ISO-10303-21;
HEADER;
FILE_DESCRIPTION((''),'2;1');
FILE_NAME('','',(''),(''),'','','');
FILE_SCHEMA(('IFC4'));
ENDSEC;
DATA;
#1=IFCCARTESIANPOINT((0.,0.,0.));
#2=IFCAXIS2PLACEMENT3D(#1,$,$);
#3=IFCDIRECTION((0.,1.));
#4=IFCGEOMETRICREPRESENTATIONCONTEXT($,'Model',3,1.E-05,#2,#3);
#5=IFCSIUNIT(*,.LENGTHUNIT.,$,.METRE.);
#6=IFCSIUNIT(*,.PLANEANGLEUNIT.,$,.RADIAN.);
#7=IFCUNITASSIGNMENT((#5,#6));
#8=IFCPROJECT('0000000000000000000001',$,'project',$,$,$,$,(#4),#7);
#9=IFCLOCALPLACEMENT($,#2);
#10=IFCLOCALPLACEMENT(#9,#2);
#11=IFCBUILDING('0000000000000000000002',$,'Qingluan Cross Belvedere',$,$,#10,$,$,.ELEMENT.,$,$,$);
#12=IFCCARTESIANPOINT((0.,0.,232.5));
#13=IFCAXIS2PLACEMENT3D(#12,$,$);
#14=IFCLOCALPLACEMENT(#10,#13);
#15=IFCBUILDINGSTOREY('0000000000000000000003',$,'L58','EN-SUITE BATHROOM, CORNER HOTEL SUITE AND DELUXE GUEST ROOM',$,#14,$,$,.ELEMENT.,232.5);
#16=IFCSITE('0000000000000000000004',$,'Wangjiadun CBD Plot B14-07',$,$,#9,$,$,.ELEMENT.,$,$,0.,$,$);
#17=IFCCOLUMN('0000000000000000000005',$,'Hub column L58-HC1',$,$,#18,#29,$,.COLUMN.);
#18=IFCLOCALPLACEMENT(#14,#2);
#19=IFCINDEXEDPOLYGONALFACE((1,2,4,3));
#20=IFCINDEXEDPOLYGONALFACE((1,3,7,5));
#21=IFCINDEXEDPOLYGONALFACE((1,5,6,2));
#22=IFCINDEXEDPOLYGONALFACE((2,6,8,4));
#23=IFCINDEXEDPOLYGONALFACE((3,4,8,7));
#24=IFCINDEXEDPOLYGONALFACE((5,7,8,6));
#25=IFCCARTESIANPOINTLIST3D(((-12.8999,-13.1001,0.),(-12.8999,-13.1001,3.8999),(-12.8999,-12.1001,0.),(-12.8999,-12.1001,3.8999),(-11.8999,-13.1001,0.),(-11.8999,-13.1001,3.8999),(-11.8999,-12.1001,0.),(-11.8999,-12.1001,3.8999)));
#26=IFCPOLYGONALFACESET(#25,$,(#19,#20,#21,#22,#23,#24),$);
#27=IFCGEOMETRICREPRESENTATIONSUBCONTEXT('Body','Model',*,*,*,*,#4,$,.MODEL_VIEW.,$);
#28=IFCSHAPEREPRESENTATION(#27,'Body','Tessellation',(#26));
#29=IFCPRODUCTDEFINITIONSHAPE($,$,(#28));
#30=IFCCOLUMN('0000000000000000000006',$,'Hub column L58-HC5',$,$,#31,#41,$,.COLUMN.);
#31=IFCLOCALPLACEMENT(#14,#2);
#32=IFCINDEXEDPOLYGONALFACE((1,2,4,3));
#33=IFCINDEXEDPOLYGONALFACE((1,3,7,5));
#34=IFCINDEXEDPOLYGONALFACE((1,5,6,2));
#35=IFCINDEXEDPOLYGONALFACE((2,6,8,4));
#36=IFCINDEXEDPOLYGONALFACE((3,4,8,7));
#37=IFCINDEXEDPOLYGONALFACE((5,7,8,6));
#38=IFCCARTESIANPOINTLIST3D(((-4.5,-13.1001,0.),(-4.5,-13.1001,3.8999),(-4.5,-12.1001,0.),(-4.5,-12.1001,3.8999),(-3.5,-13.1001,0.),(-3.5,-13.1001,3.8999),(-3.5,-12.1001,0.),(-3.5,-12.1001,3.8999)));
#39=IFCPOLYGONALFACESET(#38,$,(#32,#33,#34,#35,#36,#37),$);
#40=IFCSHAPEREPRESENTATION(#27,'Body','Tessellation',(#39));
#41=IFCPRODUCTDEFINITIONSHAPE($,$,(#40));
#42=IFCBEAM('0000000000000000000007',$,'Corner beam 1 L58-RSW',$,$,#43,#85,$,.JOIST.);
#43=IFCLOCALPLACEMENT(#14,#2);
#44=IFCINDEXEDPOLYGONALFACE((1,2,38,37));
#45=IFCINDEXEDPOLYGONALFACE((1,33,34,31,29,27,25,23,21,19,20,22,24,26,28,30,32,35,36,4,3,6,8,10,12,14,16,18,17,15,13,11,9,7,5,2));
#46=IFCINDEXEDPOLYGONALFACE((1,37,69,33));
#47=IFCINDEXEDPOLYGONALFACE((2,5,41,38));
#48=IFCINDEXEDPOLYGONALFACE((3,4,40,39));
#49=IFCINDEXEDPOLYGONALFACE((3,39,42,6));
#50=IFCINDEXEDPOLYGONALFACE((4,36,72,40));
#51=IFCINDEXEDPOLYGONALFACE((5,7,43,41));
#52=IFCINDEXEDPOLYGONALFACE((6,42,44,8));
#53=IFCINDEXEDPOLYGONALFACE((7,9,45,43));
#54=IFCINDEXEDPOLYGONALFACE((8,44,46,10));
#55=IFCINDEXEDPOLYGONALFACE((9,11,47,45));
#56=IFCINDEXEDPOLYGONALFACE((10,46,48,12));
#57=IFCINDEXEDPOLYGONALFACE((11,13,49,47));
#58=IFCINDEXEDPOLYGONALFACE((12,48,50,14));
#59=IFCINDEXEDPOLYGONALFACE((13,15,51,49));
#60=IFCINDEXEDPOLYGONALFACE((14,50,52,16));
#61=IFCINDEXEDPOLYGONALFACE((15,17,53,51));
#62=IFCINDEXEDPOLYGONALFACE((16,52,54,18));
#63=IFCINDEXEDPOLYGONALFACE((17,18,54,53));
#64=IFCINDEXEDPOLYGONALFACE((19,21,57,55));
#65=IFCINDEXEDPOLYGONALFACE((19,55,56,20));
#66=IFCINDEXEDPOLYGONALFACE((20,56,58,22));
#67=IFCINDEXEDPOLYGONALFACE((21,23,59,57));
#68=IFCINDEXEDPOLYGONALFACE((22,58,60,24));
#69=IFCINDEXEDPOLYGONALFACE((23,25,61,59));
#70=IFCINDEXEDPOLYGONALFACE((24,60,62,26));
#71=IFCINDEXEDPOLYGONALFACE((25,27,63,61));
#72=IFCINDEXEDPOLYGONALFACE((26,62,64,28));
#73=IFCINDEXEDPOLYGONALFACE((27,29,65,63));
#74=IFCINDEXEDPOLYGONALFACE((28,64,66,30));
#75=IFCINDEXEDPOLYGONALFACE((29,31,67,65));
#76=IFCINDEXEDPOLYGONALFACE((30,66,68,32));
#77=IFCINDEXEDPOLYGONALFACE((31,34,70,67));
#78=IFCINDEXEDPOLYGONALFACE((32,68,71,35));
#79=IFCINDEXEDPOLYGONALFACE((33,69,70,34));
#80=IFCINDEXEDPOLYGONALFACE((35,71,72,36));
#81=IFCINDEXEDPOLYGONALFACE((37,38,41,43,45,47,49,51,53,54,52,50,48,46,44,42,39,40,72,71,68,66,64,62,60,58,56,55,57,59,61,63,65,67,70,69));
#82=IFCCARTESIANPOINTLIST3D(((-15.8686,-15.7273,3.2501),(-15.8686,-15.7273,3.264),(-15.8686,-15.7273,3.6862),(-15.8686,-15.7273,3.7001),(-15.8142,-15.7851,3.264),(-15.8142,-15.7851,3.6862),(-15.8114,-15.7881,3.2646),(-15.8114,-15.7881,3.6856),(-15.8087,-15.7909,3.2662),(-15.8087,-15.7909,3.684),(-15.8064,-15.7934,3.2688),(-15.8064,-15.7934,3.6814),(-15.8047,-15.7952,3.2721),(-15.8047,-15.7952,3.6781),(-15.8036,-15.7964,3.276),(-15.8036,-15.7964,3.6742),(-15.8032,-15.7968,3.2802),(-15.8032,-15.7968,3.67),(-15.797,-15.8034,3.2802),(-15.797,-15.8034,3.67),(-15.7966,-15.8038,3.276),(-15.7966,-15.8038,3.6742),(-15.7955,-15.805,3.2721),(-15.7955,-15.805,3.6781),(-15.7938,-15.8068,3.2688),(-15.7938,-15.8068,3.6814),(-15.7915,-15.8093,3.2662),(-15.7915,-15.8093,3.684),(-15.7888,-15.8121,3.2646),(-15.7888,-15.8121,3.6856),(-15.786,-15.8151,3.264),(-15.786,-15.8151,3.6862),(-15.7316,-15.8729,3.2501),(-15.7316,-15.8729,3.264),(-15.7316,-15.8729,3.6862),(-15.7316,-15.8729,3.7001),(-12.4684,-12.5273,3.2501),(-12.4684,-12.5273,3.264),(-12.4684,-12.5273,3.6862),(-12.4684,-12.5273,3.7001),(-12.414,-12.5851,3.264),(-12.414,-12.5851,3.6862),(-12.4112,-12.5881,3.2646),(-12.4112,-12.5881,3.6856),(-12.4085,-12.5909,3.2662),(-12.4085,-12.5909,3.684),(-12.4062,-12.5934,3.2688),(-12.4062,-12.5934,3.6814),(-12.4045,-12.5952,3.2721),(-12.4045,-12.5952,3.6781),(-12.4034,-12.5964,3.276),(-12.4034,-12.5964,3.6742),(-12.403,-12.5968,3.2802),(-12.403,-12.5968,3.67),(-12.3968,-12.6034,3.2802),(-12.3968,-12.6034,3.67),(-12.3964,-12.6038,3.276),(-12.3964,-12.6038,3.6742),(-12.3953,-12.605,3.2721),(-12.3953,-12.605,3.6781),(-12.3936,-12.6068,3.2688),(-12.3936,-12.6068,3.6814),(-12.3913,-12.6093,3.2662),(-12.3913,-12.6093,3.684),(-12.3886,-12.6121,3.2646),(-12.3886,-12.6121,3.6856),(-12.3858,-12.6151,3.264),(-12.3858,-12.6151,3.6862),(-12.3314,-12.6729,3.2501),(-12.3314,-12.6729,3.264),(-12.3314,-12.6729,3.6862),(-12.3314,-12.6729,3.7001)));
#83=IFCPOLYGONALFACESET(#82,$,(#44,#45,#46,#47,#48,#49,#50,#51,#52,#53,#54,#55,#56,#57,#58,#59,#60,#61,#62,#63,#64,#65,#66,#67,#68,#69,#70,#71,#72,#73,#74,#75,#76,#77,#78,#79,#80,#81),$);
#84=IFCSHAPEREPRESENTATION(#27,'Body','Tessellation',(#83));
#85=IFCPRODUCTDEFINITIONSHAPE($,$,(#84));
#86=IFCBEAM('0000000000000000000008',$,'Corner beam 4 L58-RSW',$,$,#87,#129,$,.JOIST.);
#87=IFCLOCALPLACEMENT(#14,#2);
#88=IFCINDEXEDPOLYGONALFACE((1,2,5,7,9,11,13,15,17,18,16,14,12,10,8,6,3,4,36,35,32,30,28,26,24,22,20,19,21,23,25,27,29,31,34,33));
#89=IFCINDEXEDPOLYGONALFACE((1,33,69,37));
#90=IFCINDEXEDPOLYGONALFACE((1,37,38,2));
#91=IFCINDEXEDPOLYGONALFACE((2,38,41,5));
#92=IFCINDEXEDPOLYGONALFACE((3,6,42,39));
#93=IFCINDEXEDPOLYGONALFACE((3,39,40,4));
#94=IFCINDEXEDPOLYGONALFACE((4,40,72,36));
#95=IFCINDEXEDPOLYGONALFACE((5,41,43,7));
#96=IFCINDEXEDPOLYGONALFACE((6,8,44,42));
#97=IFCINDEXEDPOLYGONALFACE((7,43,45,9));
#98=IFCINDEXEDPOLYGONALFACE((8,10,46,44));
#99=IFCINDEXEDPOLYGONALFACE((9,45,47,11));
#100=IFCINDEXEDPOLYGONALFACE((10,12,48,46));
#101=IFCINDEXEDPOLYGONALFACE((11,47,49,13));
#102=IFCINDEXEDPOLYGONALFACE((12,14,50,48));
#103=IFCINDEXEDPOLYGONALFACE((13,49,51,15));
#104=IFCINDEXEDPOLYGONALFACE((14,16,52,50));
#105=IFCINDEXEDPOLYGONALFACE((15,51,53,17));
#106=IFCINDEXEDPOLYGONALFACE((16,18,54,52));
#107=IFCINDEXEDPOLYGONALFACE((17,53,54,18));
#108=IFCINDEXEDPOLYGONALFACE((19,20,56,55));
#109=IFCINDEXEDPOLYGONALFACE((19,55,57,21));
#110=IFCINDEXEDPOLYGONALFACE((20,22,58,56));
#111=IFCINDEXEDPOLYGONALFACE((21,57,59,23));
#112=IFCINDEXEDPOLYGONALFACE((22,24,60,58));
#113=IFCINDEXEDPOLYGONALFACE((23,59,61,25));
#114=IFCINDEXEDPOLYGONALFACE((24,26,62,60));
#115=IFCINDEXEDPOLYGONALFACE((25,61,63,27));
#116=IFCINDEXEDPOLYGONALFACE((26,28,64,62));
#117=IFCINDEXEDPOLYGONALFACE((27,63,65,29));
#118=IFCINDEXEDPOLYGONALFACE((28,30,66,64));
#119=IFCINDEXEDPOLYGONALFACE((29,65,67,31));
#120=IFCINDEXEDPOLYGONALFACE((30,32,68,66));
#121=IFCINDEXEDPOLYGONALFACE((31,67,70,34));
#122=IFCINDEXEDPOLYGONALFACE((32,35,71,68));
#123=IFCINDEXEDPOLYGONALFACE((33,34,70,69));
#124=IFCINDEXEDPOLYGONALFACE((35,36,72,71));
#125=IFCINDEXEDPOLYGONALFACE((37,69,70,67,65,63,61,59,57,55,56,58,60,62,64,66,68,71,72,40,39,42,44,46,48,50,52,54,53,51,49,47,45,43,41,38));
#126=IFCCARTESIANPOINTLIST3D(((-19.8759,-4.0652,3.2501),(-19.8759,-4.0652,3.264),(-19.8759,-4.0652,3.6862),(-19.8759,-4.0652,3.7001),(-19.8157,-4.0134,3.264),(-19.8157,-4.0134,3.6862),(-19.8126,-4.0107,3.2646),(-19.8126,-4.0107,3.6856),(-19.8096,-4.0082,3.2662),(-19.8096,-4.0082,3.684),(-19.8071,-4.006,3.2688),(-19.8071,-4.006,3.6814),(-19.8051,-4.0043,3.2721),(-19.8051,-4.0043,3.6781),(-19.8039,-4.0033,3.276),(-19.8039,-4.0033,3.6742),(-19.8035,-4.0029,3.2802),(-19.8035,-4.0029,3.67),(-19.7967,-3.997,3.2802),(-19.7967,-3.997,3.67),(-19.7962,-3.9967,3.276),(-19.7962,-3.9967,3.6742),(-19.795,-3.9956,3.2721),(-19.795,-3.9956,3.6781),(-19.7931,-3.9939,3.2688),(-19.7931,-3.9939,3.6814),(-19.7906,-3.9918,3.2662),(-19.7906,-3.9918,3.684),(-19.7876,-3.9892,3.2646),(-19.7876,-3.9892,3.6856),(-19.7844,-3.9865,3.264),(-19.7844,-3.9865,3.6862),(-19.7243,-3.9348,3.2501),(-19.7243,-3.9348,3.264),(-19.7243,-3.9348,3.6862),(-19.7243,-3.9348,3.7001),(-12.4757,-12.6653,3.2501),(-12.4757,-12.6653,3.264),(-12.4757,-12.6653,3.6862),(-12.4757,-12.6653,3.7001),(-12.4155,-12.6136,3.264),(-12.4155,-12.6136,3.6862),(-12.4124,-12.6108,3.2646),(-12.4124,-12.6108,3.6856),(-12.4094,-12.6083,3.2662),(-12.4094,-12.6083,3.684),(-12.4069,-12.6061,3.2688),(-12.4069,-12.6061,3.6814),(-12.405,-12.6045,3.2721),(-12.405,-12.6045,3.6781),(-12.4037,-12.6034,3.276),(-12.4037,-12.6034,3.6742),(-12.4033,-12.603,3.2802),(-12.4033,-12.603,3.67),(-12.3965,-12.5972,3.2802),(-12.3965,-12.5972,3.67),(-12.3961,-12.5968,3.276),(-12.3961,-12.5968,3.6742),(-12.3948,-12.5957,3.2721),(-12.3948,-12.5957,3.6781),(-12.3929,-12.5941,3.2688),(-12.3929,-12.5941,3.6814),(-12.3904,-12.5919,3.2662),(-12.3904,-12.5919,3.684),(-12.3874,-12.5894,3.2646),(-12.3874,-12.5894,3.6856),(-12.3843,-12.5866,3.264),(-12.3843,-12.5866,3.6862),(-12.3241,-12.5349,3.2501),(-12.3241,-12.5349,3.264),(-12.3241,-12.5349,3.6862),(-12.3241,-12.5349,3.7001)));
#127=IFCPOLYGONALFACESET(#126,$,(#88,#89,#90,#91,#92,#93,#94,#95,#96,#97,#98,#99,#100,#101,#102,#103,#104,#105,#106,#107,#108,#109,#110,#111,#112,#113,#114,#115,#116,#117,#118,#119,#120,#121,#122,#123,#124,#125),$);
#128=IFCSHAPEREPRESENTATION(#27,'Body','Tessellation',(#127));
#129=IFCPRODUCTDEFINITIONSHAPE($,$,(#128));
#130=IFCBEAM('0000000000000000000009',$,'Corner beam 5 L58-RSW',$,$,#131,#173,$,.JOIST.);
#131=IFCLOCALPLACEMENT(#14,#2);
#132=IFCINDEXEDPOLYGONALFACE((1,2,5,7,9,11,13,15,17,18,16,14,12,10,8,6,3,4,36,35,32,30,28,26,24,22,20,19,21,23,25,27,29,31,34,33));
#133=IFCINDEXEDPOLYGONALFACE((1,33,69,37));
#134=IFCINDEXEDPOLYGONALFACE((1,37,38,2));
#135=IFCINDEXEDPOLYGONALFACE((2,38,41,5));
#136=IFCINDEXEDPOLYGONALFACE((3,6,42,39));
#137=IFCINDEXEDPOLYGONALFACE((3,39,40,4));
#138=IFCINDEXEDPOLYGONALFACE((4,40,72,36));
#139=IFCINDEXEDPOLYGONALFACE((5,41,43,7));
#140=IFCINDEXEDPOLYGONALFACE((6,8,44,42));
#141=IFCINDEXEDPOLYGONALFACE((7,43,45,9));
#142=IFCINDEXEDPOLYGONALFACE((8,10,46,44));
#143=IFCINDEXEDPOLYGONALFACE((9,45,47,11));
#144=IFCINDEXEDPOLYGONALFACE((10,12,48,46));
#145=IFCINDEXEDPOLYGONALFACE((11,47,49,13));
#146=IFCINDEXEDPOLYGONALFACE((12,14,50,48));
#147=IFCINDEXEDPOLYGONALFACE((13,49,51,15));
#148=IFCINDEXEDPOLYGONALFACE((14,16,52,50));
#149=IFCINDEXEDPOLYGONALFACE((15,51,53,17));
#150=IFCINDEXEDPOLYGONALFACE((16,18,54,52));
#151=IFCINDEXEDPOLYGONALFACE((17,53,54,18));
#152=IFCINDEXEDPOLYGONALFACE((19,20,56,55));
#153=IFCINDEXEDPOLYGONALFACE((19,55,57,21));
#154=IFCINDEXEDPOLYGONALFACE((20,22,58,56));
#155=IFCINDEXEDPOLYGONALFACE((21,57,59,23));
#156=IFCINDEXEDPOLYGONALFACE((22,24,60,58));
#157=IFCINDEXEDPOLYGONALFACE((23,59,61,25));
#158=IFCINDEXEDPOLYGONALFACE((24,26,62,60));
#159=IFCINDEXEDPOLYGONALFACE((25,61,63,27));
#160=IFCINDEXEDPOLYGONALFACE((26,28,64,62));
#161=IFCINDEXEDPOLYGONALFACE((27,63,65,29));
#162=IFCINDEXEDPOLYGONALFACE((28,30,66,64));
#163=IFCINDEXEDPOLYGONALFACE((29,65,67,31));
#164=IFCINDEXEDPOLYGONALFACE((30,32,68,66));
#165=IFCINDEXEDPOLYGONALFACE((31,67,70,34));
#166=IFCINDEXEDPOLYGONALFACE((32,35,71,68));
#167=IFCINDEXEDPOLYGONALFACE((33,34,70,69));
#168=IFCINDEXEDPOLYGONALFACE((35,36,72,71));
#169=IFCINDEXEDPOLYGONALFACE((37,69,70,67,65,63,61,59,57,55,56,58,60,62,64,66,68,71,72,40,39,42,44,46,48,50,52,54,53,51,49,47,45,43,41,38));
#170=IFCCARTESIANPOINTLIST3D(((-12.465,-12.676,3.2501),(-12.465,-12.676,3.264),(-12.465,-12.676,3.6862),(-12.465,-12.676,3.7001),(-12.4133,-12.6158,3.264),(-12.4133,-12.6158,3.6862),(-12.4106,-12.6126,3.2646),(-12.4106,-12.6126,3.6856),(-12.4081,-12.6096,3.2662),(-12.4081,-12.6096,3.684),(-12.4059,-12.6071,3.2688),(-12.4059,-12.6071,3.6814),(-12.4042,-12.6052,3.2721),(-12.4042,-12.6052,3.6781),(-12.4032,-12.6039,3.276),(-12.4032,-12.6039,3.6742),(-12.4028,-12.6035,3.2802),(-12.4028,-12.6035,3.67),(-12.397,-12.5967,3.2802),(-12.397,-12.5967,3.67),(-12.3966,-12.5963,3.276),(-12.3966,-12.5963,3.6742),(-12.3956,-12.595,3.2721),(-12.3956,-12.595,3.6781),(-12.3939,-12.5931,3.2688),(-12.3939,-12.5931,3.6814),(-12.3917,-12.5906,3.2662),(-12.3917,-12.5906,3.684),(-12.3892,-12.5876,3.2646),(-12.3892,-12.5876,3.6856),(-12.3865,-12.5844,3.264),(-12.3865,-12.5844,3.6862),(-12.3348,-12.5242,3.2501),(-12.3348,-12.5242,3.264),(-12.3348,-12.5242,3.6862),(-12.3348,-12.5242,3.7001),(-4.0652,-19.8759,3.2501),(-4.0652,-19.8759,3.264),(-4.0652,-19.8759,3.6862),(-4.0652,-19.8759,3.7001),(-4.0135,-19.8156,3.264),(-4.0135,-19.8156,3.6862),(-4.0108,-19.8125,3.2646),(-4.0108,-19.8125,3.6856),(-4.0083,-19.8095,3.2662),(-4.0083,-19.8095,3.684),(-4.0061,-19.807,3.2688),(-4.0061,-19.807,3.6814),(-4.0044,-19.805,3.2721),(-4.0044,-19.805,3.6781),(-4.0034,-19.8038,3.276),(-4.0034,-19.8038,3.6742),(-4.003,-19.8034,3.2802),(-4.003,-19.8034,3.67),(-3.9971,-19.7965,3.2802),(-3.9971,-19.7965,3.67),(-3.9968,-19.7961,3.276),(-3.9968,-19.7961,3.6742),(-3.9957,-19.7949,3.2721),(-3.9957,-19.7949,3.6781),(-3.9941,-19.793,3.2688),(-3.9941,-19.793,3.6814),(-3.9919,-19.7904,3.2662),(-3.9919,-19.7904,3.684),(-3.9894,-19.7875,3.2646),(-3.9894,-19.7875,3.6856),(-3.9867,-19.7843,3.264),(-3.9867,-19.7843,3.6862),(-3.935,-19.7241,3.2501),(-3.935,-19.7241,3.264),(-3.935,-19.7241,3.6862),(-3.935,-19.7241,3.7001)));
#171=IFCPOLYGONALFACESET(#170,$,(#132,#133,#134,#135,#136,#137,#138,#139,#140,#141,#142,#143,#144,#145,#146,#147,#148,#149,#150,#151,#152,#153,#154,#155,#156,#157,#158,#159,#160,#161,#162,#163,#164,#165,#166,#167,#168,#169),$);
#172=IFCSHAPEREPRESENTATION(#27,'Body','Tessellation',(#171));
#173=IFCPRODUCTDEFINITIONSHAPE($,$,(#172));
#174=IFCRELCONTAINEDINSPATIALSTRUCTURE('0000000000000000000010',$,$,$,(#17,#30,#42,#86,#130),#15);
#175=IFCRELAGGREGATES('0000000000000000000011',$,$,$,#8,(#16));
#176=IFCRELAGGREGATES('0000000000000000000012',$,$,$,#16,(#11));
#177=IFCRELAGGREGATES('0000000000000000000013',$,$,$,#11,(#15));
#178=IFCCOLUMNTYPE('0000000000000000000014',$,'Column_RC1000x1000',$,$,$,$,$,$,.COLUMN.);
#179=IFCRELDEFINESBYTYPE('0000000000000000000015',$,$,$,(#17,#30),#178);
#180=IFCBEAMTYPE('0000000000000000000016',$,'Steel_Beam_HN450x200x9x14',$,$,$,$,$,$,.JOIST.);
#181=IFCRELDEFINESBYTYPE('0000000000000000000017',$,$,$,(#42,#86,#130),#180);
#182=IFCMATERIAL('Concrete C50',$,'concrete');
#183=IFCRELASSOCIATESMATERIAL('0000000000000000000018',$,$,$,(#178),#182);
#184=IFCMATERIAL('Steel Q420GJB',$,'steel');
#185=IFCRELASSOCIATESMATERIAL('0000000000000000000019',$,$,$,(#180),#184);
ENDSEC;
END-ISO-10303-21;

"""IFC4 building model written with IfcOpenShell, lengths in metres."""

from ifc_helpers import new_model, si_unit, direction, frame, origin, origin_2d, place, context, subcontext, project, spatial, rectangle, i_section, extrude, material, material_profile, profile_set, type_object, element, save


model = new_model("IFC4")

# Units and contexts
model_context = context("Model", 3, precision=1e-05, world=origin(), true_north=direction((0.0, 1.0)))
body_context = subcontext(model_context, "Body", "Model", "MODEL_VIEW")
ifc_project = project(units=[si_unit("LENGTHUNIT", "METRE"), si_unit("PLANEANGLEUNIT", "RADIAN")], contexts=[model_context])

# Site, building, storey
site_placement = place(None, origin())
site = spatial("IfcSite", under=ifc_project, at=site_placement, Name="Wangjiadun CBD Plot B14-07", CompositionType="ELEMENT", RefElevation=0.0)
building_placement = place(site_placement, origin())
building = spatial("IfcBuilding", under=site, at=building_placement, Name="Qingluan Cross Belvedere", CompositionType="ELEMENT")
storey_placement = place(building_placement, frame((0.0, 0.0, 232.5)))
storey = spatial("IfcBuildingStorey", under=building, at=storey_placement, Name="L58", Description="EN-SUITE BATHROOM, CORNER HOTEL SUITE AND DELUXE GUEST ROOM", CompositionType="ELEMENT", Elevation=232.5)

# Columns
ifc_material_1 = material(Name="Concrete C50", Category="concrete")
ifc_material_profile_1 = material_profile(ifc_material_1, rectangle(XDim=1.0, YDim=1.0, at=origin_2d()), Name="RC1000x1000")
ifc_profile_set_1 = profile_set([ifc_material_profile_1], Name="Concrete C50")
column_type = type_object("IfcColumnType", Name="Column_RC1000x1000", PredefinedType="COLUMN", material=ifc_profile_set_1)
for number, where, z_axis, x_axis, name in (
    (1, (-12.3999, -12.6001, 0.0), (0.0, 0.0, 1.0), (1.0, 0.0, 0.0), "Hub column L58-HC1"),
    (2, (-4.0, -12.6001, 0.0), (0.0, 0.0, 1.0), (1.0, 0.0, 0.0), "Hub column L58-HC5"),
):
    element("IfcColumn", number, at=place(storey_placement, frame(where, z_axis=z_axis, x_axis=x_axis)), inside=storey, type_object=column_type, Name=name, PredefinedType="COLUMN", context=body_context, shape_type="SweptSolid", body=[
        extrude(rectangle(XDim=1.0, YDim=1.0, at=origin_2d()), origin(), (0.0, 0.0, 1.0), 3.8999),
    ])

# Beams
ifc_material_2 = material(Name="Steel Q420GJB", Category="steel")
ifc_material_profile_2 = material_profile(ifc_material_2, i_section(OverallWidth=0.2, OverallDepth=0.45, WebThickness=0.009, FlangeThickness=0.0139, FilletRadius=0.0161, at=origin_2d()), Name="HN450x200x9x14")
ifc_profile_set_2 = profile_set([ifc_material_profile_2], Name="Steel Q420GJB")
beam_type_1 = type_object("IfcBeamType", Name="Steel_Beam_HN450x200x9x14", PredefinedType="JOIST", material=ifc_profile_set_2)
beam_1_placement = place(storey_placement, frame((-12.3999, -12.6001, 3.4751), z_axis=(-0.72822, -0.685343, 0.0), x_axis=(0.685343, -0.72822, 0.0)))
element("IfcBeam", 3, at=beam_1_placement, inside=storey, type_object=beam_type_1, Name="Corner beam 1 L58-RSW", PredefinedType="JOIST", context=body_context, shape_type="SweptSolid", body=[
    extrude(i_section(OverallWidth=0.2, OverallDepth=0.45, WebThickness=0.009, FlangeThickness=0.0139, FilletRadius=0.0161, at=origin_2d()), origin(), (0.0, 0.0, 1.0), 4.6692),
])
beam_2_placement = place(storey_placement, frame((-12.3999, -12.6001, 3.4751), z_axis=(-0.652245, 0.758008, 0.0), x_axis=(-0.758008, -0.652245, 0.0)))
element("IfcBeam", 4, at=beam_2_placement, inside=storey, type_object=beam_type_1, Name="Corner beam 4 L58-RSW", PredefinedType="JOIST", context=body_context, shape_type="SweptSolid", body=[
    extrude(i_section(OverallWidth=0.2, OverallDepth=0.45, WebThickness=0.009, FlangeThickness=0.0139, FilletRadius=0.0161, at=origin_2d()), origin(), (0.0, 0.0, 1.0), 11.3457),
])
beam_3_placement = place(storey_placement, frame((-12.3999, -12.6001, 3.4751), z_axis=(0.759255, -0.650793, 0.0), x_axis=(0.650793, 0.759255, 0.0)))
element("IfcBeam", 5, at=beam_3_placement, inside=storey, type_object=beam_type_1, Name="Corner beam 5 L58-RSW", PredefinedType="JOIST", context=body_context, shape_type="SweptSolid", body=[
    extrude(i_section(OverallWidth=0.2, OverallDepth=0.45, WebThickness=0.009, FlangeThickness=0.0139, FilletRadius=0.0161, at=origin_2d()), origin(), (0.0, 0.0, 1.0), 11.0632),
])

save(model, "model.ifc")
